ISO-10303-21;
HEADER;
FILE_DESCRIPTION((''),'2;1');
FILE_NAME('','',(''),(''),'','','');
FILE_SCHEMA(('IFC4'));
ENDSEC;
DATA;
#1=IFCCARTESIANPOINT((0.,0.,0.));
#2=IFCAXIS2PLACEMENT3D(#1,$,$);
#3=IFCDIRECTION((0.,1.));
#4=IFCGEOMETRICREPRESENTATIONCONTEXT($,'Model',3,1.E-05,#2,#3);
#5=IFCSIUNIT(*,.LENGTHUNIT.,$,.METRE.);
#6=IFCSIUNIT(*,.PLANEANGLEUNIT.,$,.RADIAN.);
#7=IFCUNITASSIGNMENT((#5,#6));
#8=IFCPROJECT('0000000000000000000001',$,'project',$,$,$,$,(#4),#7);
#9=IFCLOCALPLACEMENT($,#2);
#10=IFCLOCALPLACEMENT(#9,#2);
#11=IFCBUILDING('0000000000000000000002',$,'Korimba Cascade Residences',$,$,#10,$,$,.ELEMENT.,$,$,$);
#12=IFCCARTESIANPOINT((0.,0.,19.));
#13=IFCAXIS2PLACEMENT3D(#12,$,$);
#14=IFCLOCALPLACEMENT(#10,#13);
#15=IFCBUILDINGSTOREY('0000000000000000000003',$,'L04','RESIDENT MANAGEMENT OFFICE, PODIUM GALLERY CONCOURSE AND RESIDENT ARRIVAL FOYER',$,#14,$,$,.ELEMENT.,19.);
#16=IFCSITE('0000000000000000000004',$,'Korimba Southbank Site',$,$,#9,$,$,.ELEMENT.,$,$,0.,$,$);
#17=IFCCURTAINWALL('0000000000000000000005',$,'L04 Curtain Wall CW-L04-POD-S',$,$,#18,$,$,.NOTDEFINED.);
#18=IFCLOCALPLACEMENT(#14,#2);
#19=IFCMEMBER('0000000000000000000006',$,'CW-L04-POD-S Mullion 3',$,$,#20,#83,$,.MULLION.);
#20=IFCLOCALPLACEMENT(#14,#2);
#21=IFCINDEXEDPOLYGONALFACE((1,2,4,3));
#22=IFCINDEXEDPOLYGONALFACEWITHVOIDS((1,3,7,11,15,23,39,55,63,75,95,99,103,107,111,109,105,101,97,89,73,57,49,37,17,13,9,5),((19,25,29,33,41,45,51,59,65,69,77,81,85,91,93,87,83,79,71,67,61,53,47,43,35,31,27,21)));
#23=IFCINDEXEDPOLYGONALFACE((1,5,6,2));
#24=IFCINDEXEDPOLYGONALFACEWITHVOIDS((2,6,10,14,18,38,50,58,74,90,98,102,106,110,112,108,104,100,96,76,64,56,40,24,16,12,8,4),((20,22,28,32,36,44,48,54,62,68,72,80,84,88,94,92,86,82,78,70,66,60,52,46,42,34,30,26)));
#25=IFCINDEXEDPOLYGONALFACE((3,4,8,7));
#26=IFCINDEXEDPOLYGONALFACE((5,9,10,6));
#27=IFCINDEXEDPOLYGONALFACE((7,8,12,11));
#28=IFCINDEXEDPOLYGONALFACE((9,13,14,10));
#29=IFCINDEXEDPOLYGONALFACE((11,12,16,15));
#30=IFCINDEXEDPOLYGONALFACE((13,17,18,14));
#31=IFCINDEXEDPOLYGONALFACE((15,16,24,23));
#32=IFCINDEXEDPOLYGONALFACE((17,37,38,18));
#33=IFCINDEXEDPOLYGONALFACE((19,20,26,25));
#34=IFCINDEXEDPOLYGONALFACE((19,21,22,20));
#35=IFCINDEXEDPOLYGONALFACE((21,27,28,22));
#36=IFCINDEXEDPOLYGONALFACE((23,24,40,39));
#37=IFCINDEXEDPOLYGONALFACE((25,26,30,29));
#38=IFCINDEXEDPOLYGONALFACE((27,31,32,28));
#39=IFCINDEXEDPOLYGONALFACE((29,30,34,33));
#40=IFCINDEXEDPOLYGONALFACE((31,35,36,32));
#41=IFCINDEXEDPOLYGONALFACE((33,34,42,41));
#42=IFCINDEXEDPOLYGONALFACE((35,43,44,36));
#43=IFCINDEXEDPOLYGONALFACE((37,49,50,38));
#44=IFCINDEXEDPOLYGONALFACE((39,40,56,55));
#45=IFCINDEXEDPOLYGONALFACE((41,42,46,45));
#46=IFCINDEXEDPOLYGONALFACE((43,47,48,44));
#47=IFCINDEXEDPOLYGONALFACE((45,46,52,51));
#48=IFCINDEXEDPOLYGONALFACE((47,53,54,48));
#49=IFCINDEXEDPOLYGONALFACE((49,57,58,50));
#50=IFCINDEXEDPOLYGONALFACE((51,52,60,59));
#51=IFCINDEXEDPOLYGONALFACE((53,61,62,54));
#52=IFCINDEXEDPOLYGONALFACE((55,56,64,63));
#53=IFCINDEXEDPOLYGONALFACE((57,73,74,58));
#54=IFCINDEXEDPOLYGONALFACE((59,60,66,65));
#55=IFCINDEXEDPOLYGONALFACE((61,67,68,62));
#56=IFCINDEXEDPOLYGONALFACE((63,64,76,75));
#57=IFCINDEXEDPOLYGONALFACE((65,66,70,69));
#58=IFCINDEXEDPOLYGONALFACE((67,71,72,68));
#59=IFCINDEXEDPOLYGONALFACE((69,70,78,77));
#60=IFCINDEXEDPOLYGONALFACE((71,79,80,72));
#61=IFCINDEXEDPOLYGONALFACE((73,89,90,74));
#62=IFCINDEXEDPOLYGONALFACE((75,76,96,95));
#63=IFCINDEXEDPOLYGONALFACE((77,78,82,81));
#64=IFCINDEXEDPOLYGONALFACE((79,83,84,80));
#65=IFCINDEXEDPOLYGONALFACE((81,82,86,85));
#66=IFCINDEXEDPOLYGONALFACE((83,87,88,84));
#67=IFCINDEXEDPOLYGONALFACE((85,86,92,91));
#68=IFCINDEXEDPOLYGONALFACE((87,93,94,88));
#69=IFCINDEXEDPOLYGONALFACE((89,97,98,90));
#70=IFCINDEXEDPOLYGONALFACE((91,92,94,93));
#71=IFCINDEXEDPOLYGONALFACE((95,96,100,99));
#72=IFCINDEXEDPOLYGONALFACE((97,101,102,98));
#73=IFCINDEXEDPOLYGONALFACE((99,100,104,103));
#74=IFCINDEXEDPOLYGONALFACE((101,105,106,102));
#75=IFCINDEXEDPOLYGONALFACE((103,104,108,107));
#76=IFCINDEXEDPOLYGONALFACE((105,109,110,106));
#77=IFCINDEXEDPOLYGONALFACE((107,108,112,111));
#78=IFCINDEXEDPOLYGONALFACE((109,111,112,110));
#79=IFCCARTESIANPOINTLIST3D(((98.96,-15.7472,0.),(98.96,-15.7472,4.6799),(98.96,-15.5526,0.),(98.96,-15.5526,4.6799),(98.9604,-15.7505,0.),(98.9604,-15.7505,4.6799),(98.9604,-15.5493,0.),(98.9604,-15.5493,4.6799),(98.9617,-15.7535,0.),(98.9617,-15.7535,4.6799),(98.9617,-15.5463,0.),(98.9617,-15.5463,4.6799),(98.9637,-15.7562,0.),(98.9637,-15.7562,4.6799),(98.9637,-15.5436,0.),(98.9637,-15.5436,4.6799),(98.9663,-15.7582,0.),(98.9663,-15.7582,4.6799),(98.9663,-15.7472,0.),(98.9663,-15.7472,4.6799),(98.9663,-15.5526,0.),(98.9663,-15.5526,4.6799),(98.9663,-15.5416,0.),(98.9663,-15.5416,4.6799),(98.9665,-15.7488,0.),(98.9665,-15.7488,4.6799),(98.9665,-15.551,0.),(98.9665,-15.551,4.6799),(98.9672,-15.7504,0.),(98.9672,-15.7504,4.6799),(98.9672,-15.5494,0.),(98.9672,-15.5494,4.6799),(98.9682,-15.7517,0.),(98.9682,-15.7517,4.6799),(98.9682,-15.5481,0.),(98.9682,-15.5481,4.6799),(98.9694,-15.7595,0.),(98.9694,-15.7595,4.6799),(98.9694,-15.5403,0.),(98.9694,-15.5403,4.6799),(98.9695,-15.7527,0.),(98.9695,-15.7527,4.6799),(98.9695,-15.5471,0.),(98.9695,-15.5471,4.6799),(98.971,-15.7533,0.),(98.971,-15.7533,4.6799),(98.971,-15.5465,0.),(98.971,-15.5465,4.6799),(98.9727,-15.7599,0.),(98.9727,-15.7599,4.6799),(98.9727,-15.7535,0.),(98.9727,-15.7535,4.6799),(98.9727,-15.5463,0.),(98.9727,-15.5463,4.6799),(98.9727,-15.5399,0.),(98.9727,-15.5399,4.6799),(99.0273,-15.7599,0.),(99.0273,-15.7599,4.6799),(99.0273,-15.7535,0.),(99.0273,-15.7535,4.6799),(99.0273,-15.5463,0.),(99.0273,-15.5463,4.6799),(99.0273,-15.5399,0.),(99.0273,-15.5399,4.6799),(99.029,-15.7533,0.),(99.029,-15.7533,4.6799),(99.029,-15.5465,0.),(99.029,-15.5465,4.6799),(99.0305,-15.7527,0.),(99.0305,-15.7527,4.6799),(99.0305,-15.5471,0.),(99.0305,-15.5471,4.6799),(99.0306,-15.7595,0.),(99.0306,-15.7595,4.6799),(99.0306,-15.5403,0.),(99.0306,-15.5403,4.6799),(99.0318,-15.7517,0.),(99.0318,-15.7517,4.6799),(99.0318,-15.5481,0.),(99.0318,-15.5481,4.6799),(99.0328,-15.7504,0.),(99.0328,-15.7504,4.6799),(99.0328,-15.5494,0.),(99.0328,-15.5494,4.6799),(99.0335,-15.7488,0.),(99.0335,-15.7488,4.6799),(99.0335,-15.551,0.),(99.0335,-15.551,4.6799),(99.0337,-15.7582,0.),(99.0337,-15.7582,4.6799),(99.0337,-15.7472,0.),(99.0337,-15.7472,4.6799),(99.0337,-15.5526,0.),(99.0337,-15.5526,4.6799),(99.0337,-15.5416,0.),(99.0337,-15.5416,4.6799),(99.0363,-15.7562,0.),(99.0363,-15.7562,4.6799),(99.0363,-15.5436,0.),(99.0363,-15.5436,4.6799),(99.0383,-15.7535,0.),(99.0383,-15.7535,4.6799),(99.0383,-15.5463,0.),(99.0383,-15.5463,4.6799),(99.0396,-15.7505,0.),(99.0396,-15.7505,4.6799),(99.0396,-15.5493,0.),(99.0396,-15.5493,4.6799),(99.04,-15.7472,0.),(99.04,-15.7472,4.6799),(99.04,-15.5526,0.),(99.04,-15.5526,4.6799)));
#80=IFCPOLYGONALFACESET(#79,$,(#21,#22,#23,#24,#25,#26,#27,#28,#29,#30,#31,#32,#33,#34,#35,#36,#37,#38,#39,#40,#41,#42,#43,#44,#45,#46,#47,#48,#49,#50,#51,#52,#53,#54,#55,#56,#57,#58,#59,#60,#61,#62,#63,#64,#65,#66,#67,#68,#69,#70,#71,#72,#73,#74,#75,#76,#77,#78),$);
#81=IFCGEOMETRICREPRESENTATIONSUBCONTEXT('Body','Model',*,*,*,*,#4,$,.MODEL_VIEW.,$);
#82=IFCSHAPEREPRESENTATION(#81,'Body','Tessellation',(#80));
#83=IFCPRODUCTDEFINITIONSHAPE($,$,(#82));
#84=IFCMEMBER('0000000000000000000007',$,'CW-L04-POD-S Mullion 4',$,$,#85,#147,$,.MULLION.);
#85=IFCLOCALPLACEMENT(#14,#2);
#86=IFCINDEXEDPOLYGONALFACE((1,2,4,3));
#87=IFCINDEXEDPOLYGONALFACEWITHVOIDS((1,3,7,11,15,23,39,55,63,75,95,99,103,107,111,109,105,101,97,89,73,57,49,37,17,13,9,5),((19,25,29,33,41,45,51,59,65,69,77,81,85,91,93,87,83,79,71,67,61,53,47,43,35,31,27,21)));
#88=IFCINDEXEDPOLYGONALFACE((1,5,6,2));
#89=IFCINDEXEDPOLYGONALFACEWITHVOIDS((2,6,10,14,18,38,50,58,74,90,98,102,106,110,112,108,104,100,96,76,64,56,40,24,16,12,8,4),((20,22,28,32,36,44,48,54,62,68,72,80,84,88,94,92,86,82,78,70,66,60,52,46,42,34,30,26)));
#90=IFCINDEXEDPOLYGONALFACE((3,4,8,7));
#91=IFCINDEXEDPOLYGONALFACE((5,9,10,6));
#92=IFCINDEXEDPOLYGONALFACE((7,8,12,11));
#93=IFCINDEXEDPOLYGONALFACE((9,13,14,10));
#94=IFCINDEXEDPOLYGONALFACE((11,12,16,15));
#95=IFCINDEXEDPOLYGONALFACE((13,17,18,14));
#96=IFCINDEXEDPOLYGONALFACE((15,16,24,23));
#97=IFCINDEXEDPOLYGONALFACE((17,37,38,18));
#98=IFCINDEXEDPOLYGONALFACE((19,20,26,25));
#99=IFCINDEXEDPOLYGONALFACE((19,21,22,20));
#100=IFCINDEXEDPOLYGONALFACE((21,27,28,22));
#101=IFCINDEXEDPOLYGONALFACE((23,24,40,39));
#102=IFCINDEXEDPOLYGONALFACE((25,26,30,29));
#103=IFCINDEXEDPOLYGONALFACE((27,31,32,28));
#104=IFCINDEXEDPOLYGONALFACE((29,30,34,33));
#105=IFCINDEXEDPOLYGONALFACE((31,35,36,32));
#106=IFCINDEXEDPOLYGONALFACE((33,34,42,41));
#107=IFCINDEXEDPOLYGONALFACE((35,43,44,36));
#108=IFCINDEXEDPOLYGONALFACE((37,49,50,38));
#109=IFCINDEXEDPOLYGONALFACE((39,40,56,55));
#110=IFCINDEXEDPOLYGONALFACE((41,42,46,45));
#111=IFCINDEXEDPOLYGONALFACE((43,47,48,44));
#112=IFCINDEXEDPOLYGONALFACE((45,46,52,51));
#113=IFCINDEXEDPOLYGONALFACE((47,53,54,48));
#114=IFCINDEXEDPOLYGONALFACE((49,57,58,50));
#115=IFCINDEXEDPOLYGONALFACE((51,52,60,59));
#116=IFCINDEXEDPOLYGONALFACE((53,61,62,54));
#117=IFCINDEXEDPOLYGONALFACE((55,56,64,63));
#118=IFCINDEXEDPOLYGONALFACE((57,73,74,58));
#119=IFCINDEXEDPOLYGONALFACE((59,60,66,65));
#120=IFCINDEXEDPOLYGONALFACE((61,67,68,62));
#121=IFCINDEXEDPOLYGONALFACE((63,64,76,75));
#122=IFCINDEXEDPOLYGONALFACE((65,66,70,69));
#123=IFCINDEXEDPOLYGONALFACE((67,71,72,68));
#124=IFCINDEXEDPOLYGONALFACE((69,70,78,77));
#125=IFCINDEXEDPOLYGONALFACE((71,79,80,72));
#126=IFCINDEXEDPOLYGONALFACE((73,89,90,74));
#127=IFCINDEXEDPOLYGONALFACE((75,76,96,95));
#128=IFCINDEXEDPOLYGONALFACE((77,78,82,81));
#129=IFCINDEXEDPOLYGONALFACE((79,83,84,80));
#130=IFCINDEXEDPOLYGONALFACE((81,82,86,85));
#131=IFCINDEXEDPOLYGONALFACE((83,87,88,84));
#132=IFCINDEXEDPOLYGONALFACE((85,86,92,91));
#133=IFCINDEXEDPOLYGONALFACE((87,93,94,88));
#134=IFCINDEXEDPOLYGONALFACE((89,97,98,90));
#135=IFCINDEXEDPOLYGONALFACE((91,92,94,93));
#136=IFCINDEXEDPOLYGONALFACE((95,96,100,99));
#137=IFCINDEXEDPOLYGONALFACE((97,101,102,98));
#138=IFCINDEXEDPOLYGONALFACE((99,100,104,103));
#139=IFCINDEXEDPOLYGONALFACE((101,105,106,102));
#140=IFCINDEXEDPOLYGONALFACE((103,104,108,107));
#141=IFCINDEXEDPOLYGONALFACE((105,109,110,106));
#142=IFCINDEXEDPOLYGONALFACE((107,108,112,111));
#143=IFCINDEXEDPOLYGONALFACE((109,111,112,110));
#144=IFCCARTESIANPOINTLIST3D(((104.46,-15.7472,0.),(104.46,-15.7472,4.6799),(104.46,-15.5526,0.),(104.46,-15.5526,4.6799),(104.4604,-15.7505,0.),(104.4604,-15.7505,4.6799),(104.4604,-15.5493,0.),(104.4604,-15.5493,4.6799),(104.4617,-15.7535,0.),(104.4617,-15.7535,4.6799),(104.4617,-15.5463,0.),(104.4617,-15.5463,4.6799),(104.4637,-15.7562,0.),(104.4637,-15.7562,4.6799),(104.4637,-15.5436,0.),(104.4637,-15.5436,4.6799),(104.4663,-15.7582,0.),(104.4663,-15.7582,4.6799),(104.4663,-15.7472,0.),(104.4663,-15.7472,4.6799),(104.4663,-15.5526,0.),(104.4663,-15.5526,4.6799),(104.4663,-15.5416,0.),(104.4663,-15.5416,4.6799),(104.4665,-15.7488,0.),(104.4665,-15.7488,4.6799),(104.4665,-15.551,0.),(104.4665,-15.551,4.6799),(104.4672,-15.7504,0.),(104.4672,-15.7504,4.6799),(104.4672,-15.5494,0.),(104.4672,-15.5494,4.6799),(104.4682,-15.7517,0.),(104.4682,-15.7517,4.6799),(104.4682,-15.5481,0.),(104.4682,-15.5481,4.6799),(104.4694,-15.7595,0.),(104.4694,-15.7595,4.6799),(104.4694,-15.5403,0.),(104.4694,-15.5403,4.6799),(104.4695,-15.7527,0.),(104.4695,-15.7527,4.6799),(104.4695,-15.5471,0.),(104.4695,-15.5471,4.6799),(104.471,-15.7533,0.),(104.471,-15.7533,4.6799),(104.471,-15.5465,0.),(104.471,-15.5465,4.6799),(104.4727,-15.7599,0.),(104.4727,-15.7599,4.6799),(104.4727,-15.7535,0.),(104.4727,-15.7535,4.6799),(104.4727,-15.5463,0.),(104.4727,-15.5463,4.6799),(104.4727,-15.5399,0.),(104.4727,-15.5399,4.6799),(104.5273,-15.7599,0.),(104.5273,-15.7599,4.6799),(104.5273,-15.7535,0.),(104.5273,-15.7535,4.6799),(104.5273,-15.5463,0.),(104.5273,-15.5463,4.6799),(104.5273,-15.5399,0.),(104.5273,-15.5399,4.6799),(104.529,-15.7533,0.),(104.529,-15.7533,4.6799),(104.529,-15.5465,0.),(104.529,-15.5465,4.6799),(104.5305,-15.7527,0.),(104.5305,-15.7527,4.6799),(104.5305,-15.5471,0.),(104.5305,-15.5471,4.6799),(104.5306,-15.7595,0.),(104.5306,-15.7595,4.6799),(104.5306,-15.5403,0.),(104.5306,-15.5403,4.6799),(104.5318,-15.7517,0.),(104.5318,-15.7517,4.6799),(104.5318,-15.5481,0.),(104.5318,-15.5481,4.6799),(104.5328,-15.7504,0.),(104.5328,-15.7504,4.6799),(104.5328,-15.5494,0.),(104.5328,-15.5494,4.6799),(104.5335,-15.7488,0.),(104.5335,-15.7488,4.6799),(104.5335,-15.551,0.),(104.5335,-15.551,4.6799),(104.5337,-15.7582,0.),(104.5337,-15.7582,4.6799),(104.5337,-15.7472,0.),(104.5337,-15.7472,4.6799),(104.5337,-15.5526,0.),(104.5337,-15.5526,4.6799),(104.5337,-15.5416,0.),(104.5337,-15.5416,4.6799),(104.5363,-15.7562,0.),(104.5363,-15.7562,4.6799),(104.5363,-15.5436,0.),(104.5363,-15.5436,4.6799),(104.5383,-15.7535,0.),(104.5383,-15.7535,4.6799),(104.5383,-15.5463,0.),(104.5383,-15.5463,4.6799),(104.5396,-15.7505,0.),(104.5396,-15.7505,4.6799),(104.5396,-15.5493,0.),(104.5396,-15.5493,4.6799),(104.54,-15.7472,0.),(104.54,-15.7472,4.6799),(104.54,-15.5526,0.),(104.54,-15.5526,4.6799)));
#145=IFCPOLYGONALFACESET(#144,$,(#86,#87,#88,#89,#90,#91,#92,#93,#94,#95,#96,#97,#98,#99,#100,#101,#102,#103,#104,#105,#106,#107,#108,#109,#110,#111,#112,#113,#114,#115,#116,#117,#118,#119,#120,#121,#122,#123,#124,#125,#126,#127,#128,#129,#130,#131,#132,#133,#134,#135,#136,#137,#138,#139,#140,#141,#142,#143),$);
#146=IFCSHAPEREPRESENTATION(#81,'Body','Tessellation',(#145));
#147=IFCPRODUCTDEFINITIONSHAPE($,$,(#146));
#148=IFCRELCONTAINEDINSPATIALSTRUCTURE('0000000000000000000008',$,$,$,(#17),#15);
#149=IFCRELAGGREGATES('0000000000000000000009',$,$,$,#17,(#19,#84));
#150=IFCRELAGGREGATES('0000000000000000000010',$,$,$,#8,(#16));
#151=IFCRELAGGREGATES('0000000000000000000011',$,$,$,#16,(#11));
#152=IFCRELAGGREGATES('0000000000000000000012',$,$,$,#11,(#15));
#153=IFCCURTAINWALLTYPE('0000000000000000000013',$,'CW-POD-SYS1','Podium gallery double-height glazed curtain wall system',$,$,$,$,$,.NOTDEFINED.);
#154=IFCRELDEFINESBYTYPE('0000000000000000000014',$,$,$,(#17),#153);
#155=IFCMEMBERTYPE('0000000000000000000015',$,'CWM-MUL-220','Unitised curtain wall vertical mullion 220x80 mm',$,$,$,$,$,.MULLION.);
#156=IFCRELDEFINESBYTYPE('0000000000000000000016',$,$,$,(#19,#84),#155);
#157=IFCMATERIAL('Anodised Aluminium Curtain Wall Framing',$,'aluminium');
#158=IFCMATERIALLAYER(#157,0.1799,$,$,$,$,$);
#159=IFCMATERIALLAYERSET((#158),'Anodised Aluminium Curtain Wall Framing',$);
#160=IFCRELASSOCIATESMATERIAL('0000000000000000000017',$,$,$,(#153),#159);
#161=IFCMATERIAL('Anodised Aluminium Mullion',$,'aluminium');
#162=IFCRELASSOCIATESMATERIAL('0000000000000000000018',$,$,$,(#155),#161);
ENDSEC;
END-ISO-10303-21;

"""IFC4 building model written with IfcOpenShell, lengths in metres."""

from ifc_helpers import new_model, si_unit, direction, frame, origin, origin_2d, place, context, subcontext, project, spatial, hollow_rectangle, extrude, material, layer, layer_set, material_profile, profile_set, type_object, element, aggregate, save


model = new_model("IFC4")

# Units and contexts
model_context = context("Model", 3, precision=1e-05, world=origin(), true_north=direction((0.0, 1.0)))
body_context = subcontext(model_context, "Body", "Model", "MODEL_VIEW")
ifc_project = project(units=[si_unit("LENGTHUNIT", "METRE"), si_unit("PLANEANGLEUNIT", "RADIAN")], contexts=[model_context])

# Site, building, storey
site_placement = place(None, origin())
site = spatial("IfcSite", under=ifc_project, at=site_placement, Name="Korimba Southbank Site", CompositionType="ELEMENT", RefElevation=0.0)
building_placement = place(site_placement, origin())
building = spatial("IfcBuilding", under=site, at=building_placement, Name="Korimba Cascade Residences", CompositionType="ELEMENT")
storey_placement = place(building_placement, frame((0.0, 0.0, 19.0)))
storey = spatial("IfcBuildingStorey", under=building, at=storey_placement, Name="L04", Description="RESIDENT MANAGEMENT OFFICE, PODIUM GALLERY CONCOURSE AND RESIDENT ARRIVAL FOYER", CompositionType="ELEMENT", Elevation=19.0)

# Curtain wall, members
ifc_material_1 = material(Name="Anodised Aluminium Curtain Wall Framing", Category="aluminium")
ifc_layer_1 = layer(ifc_material_1, 0.1799)
ifc_layer_set_1 = layer_set([ifc_layer_1], Name="Anodised Aluminium Curtain Wall Framing")
curtain_wall_type = type_object("IfcCurtainWallType", Name="CW-POD-SYS1", Description="Podium gallery double-height glazed curtain wall system", PredefinedType="NOTDEFINED", material=ifc_layer_set_1)
curtain_wall_placement = place(storey_placement, origin())
curtain_wall = element("IfcCurtainWall", 1, at=curtain_wall_placement, inside=storey, type_object=curtain_wall_type, Name="L04 Curtain Wall CW-L04-POD-S", PredefinedType="NOTDEFINED")
ifc_material_2 = material(Name="Anodised Aluminium Mullion", Category="aluminium")
ifc_material_profile_1 = material_profile(ifc_material_2, hollow_rectangle(XDim=0.0801, YDim=0.22, WallThickness=0.0063, InnerFilletRadius=0.0063, OuterFilletRadius=0.0127, at=origin_2d()), Name="Anodised Aluminium Mullion")
ifc_profile_set_1 = profile_set([ifc_material_profile_1], Name="Anodised Aluminium Mullion")
member_type_1 = type_object("IfcMemberType", Name="CWM-MUL-220", Description="Unitised curtain wall vertical mullion 220x80 mm", PredefinedType="MULLION", material=ifc_profile_set_1)
member_1_placement = place(storey_placement, frame((99.0, -15.6499, 0.0), z_axis=(0.0, 0.0, 1.0), x_axis=(1.0, 0.0, 0.0)))
member_1 = element("IfcMember", 2, at=member_1_placement, type_object=member_type_1, Name="CW-L04-POD-S Mullion 3", PredefinedType="MULLION", context=body_context, shape_type="SweptSolid", body=[
    extrude(hollow_rectangle(XDim=0.0801, YDim=0.22, WallThickness=0.0063, InnerFilletRadius=0.0063, OuterFilletRadius=0.0127, at=origin_2d()), origin(), (0.0, 0.0, 1.0), 4.6799),
])
member_2_placement = place(storey_placement, frame((104.5, -15.6499, 0.0), z_axis=(0.0, 0.0, 1.0), x_axis=(1.0, 0.0, 0.0)))
member_2 = element("IfcMember", 3, at=member_2_placement, type_object=member_type_1, Name="CW-L04-POD-S Mullion 4", PredefinedType="MULLION", context=body_context, shape_type="SweptSolid", body=[
    extrude(hollow_rectangle(XDim=0.0801, YDim=0.22, WallThickness=0.0063, InnerFilletRadius=0.0063, OuterFilletRadius=0.0127, at=origin_2d()), origin(), (0.0, 0.0, 1.0), 4.6799),
])
aggregate(curtain_wall, [member_1, member_2])

save(model, "model.ifc")
